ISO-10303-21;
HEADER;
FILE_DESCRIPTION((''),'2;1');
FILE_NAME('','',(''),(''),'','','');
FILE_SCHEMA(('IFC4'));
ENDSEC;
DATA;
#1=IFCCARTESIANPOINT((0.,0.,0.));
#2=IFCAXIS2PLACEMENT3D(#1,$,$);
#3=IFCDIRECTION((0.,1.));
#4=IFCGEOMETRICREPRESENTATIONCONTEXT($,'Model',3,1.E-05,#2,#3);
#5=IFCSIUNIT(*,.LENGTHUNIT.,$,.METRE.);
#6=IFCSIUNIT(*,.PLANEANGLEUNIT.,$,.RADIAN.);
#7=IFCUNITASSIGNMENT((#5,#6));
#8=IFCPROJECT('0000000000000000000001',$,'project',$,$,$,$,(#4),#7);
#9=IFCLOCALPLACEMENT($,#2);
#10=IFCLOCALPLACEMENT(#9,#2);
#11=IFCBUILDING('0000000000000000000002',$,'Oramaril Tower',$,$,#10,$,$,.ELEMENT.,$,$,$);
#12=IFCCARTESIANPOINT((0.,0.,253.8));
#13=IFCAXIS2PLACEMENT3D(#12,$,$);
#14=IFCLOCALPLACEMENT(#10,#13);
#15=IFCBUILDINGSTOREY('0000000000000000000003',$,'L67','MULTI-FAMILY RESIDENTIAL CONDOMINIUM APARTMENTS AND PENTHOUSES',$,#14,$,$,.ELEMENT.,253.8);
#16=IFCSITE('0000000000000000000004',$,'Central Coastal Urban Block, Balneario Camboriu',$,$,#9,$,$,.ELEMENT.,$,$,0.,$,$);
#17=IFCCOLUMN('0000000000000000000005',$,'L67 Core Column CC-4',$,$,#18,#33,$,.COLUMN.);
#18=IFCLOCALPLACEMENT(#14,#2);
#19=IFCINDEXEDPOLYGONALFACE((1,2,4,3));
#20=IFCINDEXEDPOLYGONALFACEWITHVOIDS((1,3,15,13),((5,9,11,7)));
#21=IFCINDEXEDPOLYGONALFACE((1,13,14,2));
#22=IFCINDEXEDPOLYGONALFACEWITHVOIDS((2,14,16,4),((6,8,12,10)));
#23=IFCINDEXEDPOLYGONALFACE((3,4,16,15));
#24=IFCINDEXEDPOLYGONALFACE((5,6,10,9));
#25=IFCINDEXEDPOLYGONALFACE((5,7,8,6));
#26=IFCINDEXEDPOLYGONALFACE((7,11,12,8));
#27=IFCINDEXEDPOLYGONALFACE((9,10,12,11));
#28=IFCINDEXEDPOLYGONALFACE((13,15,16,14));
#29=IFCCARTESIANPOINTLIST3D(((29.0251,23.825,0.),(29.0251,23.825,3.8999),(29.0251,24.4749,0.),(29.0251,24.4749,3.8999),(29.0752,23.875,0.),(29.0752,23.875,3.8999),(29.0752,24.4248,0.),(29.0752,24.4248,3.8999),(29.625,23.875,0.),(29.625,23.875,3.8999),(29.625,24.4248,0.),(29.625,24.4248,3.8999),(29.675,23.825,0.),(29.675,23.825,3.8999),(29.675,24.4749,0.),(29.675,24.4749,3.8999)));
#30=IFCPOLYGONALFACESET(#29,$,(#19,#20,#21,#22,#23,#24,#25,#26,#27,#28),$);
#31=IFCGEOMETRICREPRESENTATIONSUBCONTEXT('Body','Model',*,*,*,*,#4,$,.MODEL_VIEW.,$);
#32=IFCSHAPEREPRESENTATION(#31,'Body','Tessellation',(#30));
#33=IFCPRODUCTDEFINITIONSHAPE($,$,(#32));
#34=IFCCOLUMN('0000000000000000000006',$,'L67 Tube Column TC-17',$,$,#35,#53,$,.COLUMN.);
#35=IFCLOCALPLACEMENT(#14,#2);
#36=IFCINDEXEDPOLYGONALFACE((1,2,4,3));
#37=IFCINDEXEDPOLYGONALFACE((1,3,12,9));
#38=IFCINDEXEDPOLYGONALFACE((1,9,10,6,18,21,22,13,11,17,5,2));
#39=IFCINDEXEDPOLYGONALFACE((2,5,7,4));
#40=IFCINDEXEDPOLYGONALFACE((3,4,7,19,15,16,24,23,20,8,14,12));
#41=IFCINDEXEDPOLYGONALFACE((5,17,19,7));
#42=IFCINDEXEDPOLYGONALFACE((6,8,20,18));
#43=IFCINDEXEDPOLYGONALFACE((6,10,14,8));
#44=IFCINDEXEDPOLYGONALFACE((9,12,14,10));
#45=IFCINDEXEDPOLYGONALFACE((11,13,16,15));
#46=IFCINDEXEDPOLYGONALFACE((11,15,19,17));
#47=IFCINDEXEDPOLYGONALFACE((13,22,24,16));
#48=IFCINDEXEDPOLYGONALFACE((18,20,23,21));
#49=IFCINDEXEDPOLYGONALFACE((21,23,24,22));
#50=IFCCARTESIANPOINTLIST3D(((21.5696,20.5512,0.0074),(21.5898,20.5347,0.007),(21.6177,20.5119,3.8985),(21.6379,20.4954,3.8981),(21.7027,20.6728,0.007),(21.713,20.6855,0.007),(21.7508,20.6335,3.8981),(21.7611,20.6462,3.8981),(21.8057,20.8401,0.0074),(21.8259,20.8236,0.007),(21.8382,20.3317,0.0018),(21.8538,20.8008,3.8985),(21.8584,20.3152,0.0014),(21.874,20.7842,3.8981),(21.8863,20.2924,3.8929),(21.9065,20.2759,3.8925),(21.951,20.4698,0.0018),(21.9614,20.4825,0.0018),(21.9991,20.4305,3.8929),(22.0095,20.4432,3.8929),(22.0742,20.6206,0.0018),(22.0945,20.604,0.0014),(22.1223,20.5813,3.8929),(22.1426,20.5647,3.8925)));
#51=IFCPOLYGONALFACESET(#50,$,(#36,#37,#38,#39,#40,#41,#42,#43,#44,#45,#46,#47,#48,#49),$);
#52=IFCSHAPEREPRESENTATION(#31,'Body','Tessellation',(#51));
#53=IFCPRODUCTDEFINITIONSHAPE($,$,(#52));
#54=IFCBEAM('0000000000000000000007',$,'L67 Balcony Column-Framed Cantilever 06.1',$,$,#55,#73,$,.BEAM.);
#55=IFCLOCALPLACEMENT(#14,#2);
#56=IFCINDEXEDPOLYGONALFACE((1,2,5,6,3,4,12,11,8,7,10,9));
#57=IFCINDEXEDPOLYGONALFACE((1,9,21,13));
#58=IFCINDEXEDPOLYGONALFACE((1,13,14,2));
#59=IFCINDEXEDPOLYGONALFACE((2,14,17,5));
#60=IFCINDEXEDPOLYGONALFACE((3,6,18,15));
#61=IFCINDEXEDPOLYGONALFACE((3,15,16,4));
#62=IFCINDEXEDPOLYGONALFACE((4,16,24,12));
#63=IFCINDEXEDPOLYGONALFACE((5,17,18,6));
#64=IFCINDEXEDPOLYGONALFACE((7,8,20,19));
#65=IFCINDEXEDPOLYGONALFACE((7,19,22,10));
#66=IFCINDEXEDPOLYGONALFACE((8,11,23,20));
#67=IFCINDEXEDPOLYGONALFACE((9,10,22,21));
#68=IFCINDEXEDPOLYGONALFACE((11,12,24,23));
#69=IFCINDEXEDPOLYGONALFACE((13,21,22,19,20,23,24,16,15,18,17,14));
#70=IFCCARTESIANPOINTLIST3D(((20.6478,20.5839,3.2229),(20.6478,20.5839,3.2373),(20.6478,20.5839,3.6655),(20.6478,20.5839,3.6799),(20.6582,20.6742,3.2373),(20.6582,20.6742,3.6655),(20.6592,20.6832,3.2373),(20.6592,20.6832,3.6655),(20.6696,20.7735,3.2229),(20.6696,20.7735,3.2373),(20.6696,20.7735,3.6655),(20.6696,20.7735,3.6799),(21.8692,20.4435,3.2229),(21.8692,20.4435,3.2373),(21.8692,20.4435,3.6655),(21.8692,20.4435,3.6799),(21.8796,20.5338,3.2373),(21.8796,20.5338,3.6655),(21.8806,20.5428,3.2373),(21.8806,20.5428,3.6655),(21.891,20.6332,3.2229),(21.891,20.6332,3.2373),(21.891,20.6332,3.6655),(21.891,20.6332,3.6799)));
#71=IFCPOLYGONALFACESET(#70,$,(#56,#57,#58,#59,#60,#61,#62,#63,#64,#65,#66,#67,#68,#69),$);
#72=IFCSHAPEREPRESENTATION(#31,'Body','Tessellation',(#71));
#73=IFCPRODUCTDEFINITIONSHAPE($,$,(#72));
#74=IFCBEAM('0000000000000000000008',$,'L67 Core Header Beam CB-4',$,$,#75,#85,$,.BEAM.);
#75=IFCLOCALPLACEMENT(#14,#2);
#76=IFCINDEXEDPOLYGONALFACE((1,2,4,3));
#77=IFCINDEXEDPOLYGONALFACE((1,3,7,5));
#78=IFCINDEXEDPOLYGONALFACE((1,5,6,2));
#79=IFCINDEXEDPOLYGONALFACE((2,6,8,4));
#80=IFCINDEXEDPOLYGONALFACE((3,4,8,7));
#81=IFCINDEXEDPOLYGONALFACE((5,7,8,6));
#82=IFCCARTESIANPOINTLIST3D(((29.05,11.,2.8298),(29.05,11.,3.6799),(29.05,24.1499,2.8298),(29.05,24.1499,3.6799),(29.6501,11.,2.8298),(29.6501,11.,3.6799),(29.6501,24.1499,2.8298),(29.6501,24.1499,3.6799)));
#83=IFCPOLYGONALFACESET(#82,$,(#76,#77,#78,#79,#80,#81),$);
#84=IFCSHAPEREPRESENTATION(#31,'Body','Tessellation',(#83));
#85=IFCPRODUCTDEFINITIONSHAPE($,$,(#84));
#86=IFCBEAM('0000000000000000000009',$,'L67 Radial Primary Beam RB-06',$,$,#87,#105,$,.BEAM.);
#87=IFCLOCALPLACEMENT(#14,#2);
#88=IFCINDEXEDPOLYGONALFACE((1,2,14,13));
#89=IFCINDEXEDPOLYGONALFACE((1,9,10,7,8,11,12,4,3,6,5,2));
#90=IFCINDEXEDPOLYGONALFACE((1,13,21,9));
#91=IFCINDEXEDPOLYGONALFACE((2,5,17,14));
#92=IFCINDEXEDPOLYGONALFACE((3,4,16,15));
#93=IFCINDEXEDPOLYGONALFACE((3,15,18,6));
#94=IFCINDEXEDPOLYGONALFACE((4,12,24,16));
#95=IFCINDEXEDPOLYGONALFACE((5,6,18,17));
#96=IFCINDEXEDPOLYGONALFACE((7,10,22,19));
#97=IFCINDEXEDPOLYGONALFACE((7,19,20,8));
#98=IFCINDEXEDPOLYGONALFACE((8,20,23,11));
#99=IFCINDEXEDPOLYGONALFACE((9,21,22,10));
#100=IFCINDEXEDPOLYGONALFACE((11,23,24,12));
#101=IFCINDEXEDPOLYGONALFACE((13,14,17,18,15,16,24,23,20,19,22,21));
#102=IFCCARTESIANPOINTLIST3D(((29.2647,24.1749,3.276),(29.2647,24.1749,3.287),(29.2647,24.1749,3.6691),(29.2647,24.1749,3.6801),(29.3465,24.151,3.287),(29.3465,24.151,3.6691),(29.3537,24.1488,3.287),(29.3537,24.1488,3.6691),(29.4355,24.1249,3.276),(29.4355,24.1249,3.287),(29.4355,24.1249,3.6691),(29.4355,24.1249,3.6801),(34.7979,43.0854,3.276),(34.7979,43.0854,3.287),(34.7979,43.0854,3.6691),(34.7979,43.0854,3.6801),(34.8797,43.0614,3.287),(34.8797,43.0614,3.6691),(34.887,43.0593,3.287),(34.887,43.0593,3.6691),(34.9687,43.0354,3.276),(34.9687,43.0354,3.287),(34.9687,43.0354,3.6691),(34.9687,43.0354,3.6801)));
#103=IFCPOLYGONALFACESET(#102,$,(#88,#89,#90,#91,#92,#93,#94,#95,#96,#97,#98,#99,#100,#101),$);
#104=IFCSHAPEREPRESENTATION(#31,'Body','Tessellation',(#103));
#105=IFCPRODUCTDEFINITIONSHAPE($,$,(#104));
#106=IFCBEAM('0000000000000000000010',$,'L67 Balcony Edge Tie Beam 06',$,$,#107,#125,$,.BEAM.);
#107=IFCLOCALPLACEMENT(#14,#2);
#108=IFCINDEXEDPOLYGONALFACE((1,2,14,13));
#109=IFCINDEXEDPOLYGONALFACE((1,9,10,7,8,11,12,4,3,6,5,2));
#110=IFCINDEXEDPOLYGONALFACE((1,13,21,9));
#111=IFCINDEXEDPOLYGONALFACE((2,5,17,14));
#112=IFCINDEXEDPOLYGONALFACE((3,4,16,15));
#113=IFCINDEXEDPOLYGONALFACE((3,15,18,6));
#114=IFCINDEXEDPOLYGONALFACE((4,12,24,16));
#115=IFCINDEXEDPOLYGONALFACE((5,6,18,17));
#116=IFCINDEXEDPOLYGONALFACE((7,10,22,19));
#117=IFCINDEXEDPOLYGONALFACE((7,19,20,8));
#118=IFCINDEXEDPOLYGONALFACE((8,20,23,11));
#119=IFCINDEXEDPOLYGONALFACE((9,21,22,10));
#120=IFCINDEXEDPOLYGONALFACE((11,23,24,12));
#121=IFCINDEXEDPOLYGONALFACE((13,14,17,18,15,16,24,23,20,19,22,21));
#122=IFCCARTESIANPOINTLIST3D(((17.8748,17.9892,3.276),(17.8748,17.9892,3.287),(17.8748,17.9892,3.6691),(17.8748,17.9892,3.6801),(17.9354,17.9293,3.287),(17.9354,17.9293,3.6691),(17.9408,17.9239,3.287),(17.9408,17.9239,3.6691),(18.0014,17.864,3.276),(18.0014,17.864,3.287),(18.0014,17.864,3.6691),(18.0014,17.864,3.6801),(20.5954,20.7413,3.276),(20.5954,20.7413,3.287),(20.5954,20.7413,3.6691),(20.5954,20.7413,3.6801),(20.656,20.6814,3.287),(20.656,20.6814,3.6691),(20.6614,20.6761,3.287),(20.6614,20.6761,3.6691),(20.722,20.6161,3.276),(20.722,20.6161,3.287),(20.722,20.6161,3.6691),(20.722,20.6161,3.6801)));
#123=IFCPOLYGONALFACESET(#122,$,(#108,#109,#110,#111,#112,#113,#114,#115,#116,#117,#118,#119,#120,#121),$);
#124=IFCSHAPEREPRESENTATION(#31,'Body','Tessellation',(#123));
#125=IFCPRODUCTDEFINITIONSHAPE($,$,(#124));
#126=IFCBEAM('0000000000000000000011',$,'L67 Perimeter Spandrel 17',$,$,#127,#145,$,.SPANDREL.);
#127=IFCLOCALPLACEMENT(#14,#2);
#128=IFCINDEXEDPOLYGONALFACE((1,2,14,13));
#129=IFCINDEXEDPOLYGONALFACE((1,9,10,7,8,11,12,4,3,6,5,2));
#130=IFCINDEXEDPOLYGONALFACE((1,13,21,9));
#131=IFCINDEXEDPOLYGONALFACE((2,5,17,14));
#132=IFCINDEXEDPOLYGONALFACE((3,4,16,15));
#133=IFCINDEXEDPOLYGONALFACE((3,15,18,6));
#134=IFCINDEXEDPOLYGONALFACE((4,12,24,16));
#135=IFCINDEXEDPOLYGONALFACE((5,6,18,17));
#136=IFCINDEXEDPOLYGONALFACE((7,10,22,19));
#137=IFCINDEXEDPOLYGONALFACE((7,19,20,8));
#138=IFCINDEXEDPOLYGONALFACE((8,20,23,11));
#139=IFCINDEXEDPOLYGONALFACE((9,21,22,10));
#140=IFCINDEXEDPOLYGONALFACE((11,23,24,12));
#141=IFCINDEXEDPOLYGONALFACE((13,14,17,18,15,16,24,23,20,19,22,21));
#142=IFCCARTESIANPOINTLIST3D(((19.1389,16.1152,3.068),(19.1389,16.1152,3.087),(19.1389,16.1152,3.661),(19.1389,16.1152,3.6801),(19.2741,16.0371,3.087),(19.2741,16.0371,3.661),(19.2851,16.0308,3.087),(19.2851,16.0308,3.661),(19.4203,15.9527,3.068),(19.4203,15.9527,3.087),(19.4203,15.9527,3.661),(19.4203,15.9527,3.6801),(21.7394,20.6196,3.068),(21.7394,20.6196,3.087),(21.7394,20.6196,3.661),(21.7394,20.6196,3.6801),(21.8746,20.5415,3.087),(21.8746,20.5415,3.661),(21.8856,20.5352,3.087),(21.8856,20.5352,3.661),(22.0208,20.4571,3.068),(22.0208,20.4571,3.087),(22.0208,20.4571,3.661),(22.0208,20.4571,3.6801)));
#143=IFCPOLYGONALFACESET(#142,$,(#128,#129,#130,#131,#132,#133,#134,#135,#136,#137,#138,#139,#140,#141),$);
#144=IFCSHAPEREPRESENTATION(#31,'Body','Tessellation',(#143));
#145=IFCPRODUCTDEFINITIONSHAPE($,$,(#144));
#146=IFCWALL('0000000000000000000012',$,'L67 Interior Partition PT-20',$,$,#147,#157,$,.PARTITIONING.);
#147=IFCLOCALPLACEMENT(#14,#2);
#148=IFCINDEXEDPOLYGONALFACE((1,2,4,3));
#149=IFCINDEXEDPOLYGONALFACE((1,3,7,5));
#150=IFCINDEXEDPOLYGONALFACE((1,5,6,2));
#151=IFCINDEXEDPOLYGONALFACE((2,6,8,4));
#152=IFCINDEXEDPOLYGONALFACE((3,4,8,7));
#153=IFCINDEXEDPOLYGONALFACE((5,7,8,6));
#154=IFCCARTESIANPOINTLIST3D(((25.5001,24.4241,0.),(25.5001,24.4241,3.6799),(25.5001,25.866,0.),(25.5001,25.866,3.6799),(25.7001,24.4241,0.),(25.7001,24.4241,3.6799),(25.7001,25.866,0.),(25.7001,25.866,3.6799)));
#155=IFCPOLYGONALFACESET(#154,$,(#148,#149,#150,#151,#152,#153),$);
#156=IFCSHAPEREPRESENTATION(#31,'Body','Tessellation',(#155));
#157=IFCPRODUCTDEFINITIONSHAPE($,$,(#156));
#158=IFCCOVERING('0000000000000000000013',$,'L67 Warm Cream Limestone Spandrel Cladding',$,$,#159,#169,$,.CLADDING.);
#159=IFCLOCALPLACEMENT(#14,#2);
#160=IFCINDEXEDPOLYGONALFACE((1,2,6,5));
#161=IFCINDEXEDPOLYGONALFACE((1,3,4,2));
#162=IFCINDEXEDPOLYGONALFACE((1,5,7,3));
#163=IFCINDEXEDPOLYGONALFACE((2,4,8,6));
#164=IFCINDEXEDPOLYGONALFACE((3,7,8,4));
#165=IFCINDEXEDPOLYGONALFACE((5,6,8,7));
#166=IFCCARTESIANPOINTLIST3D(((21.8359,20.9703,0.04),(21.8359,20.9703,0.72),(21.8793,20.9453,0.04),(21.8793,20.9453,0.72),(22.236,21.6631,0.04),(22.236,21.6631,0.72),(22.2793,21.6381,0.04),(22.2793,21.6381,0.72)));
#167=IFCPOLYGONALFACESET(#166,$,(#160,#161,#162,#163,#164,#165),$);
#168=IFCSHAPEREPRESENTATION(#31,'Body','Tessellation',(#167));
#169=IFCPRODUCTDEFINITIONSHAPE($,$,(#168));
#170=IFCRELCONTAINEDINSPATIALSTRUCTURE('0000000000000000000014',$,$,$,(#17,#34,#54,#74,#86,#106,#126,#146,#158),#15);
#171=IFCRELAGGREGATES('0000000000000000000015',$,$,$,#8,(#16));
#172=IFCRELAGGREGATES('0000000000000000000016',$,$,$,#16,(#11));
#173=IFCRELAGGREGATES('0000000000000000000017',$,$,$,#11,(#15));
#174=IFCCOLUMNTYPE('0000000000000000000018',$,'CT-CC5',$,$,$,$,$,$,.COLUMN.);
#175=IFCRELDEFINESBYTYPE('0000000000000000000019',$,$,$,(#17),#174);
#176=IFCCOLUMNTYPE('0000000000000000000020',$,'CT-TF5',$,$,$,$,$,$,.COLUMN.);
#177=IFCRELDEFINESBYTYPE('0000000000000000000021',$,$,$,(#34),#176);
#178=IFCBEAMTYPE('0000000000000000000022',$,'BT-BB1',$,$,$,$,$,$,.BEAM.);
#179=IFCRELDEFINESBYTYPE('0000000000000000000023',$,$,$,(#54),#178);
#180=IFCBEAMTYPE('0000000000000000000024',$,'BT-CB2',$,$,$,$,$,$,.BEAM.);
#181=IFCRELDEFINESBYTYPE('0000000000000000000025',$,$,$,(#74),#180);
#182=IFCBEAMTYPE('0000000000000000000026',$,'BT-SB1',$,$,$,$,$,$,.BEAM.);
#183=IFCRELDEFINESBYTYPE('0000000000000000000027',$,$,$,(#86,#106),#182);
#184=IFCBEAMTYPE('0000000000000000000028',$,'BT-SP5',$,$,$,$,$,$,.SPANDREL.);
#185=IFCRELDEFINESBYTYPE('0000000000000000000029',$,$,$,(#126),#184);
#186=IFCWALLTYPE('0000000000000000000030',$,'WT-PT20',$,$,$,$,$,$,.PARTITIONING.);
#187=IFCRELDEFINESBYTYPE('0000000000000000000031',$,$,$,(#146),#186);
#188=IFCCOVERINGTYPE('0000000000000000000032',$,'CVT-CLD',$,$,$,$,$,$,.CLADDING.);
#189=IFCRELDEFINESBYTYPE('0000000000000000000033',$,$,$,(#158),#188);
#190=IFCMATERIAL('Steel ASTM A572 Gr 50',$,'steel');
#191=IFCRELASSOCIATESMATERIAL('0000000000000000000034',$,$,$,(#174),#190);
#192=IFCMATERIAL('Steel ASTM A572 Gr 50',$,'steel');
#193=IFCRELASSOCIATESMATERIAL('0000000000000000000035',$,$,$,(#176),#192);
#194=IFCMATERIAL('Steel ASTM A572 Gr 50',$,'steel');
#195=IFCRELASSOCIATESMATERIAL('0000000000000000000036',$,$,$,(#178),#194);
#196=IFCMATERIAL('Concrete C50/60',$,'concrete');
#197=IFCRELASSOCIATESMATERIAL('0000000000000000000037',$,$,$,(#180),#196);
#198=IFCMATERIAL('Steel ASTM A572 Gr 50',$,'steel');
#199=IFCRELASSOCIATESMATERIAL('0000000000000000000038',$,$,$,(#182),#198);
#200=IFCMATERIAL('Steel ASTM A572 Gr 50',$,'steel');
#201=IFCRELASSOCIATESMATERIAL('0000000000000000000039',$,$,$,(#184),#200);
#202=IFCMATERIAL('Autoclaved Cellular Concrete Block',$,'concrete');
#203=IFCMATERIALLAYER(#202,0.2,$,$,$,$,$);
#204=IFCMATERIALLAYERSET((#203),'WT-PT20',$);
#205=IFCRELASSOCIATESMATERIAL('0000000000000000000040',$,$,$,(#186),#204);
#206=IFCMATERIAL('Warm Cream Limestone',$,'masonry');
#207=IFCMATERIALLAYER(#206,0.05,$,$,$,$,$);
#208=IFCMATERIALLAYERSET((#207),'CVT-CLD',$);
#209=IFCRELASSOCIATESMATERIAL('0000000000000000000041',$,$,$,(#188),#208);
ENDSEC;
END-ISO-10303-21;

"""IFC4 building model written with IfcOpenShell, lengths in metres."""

from ifc_helpers import new_model, si_unit, direction, frame, frame_2d, origin, origin_2d, place, context, subcontext, project, spatial, rectangle, hollow_rectangle, i_section, extrude, material, layer, layer_set, material_profile, profile_set, type_object, element, save


model = new_model("IFC4")

# Units and contexts
model_context = context("Model", 3, precision=1e-05, world=origin(), true_north=direction((0.0, 1.0)))
body_context = subcontext(model_context, "Body", "Model", "MODEL_VIEW")
ifc_project = project(units=[si_unit("LENGTHUNIT", "METRE"), si_unit("PLANEANGLEUNIT", "RADIAN")], contexts=[model_context])

# Site, building, storey
site_placement = place(None, origin())
site = spatial("IfcSite", under=ifc_project, at=site_placement, Name="Central Coastal Urban Block, Balneario Camboriu", CompositionType="ELEMENT", RefElevation=0.0)
building_placement = place(site_placement, origin())
building = spatial("IfcBuilding", under=site, at=building_placement, Name="Oramaril Tower", CompositionType="ELEMENT")
storey_placement = place(building_placement, frame((0.0, 0.0, 253.8)))
storey = spatial("IfcBuildingStorey", under=building, at=storey_placement, Name="L67", Description="MULTI-FAMILY RESIDENTIAL CONDOMINIUM APARTMENTS AND PENTHOUSES", CompositionType="ELEMENT", Elevation=253.8)

# Columns
ifc_material_1 = material(Name="Steel ASTM A572 Gr 50", Category="steel")
ifc_material_profile_1 = material_profile(ifc_material_1, hollow_rectangle(XDim=0.6499, YDim=0.6499, WallThickness=0.05, at=origin_2d()), Name="BOX650X650X50")
ifc_profile_set_1 = profile_set([ifc_material_profile_1], Name="Steel ASTM A572 Gr 50")
column_type_1 = type_object("IfcColumnType", Name="CT-CC5", PredefinedType="COLUMN", material=ifc_profile_set_1)
column_1_placement = place(storey_placement, frame((29.3501, 24.1499, 0.0), z_axis=(0.0, 0.0, 1.0), x_axis=(1.0, 0.0, 0.0)))
element("IfcColumn", 1, at=column_1_placement, inside=storey, type_object=column_type_1, Name="L67 Core Column CC-4", PredefinedType="COLUMN", context=body_context, shape_type="SweptSolid", body=[
    extrude(hollow_rectangle(XDim=0.6499, YDim=0.6499, WallThickness=0.05, at=origin_2d()), origin(), (0.0, 0.0, 1.0), 3.8999),
])
ifc_material_2 = material(Name="Steel ASTM A572 Gr 50", Category="steel")
ifc_material_profile_2 = material_profile(ifc_material_2, i_section(OverallWidth=0.373, OverallDepth=0.373, WebThickness=0.0164, FlangeThickness=0.0261, at=origin_2d()), Name="W14X132")
ifc_profile_set_2 = profile_set([ifc_material_profile_2], Name="Steel ASTM A572 Gr 50")
column_type_2 = type_object("IfcColumnType", Name="CT-TF5", PredefinedType="COLUMN", material=ifc_profile_set_2)
column_2_placement = place(storey_placement, frame((21.832, 20.5776, 0.0044), z_axis=(0.012359, -0.0101, 0.999873), x_axis=(0.63281, 0.774307, 0.0)))
element("IfcColumn", 2, at=column_2_placement, inside=storey, type_object=column_type_2, Name="L67 Tube Column TC-17", PredefinedType="COLUMN", context=body_context, shape_type="SweptSolid", body=[
    extrude(i_section(OverallWidth=0.373, OverallDepth=0.373, WebThickness=0.0164, FlangeThickness=0.0261, at=origin_2d()), origin(), (0.0, 0.0, 1.0), 3.8916),
])

# Beams
ifc_material_3 = material(Name="Steel ASTM A572 Gr 50", Category="steel")
ifc_material_profile_3 = material_profile(ifc_material_3, i_section(OverallWidth=0.1909, OverallDepth=0.457, WebThickness=0.009, FlangeThickness=0.0144, at=origin_2d()), Name="W18X50")
ifc_profile_set_3 = profile_set([ifc_material_profile_3], Name="Steel ASTM A572 Gr 50")
beam_type_1 = type_object("IfcBeamType", Name="BT-BB1", PredefinedType="BEAM", material=ifc_profile_set_3)
beam_1_placement = place(storey_placement, frame((21.8801, 20.5383, 3.4514), z_axis=(-0.99346, 0.114179, 0.0), x_axis=(-0.114179, -0.99346, 0.0)))
element("IfcBeam", 3, at=beam_1_placement, inside=storey, type_object=beam_type_1, Name="L67 Balcony Column-Framed Cantilever 06.1", PredefinedType="BEAM", context=body_context, shape_type="SweptSolid", body=[
    extrude(i_section(OverallWidth=0.1909, OverallDepth=0.457, WebThickness=0.009, FlangeThickness=0.0144, at=origin_2d()), origin(), (0.0, 0.0, 1.0), 1.2295),
])
ifc_material_4 = material(Name="Concrete C50/60", Category="concrete")
ifc_material_profile_4 = material_profile(ifc_material_4, rectangle(XDim=0.6001, YDim=0.8501, at=origin_2d()), Name="CB600X850")
ifc_profile_set_4 = profile_set([ifc_material_profile_4], Name="Concrete C50/60")
beam_type_2 = type_object("IfcBeamType", Name="BT-CB2", PredefinedType="BEAM", material=ifc_profile_set_4)
beam_2_placement = place(storey_placement, frame((29.3501, 24.1499, 3.2549), z_axis=(0.0, -1.0, 0.0), x_axis=(1.0, 0.0, 0.0)))
element("IfcBeam", 4, at=beam_2_placement, inside=storey, type_object=beam_type_2, Name="L67 Core Header Beam CB-4", PredefinedType="BEAM", context=body_context, shape_type="SweptSolid", body=[
    extrude(rectangle(XDim=0.6001, YDim=0.8501, at=origin_2d()), origin(), (0.0, 0.0, 1.0), 13.1499),
])
ifc_material_5 = material(Name="Steel ASTM A572 Gr 50", Category="steel")
ifc_material_profile_5 = material_profile(ifc_material_5, i_section(OverallWidth=0.178, OverallDepth=0.4041, WebThickness=0.0076, FlangeThickness=0.011, at=origin_2d()), Name="W16X36")
ifc_profile_set_5 = profile_set([ifc_material_profile_5], Name="Steel ASTM A572 Gr 50")
beam_type_3 = type_object("IfcBeamType", Name="BT-SB1", PredefinedType="BEAM", material=ifc_profile_set_5)
beam_3_placement = place(storey_placement, frame((29.3501, 24.1499, 3.478), z_axis=(0.280826, 0.959759, 0.0), x_axis=(-0.959759, 0.280826, 0.0)))
element("IfcBeam", 5, at=beam_3_placement, inside=storey, type_object=beam_type_3, Name="L67 Radial Primary Beam RB-06", PredefinedType="BEAM", context=body_context, shape_type="SweptSolid", body=[
    extrude(i_section(OverallWidth=0.178, OverallDepth=0.4041, WebThickness=0.0076, FlangeThickness=0.011, at=origin_2d()), origin(), (0.0, 0.0, 1.0), 19.7034),
])
beam_4_placement = place(storey_placement, frame((20.6587, 20.6787, 3.478), z_axis=(-0.703026, -0.711164, 0.0), x_axis=(0.711164, -0.703026, 0.0)))
element("IfcBeam", 6, at=beam_4_placement, inside=storey, type_object=beam_type_3, Name="L67 Balcony Edge Tie Beam 06", PredefinedType="BEAM", context=body_context, shape_type="SweptSolid", body=[
    extrude(i_section(OverallWidth=0.178, OverallDepth=0.4041, WebThickness=0.0076, FlangeThickness=0.011, at=origin_2d()), origin(), (0.0, 0.0, 1.0), 3.8699),
])
ifc_material_6 = material(Name="Steel ASTM A572 Gr 50", Category="steel")
ifc_material_profile_6 = material_profile(ifc_material_6, i_section(OverallWidth=0.325, OverallDepth=0.6121, WebThickness=0.0127, FlangeThickness=0.019, at=origin_2d()), Name="W24X104")
ifc_profile_set_6 = profile_set([ifc_material_profile_6], Name="Steel ASTM A572 Gr 50")
beam_type_4 = type_object("IfcBeamType", Name="BT-SP5", PredefinedType="SPANDREL", material=ifc_profile_set_6)
beam_5_placement = place(storey_placement, frame((21.8801, 20.5383, 3.374), z_axis=(-0.499996, -0.866028, 0.0), x_axis=(0.866028, -0.499996, 0.0)))
element("IfcBeam", 7, at=beam_5_placement, inside=storey, type_object=beam_type_4, Name="L67 Perimeter Spandrel 17", PredefinedType="SPANDREL", context=body_context, shape_type="SweptSolid", body=[
    extrude(i_section(OverallWidth=0.325, OverallDepth=0.6121, WebThickness=0.0127, FlangeThickness=0.019, at=origin_2d()), origin(), (0.0, 0.0, 1.0), 5.2012),
])

# Shared definitions
ifc_material_7 = material(Name="Autoclaved Cellular Concrete Block", Category="concrete")
ifc_layer_1 = layer(ifc_material_7, 0.2)
ifc_layer_set_1 = layer_set([ifc_layer_1], Name="WT-PT20")
wall_type_1 = type_object("IfcWallType", Name="WT-PT20", PredefinedType="PARTITIONING", material=ifc_layer_set_1)

# Wall
wall_1_placement = place(storey_placement, frame((25.6001, 24.4241, 0.0), z_axis=(0.0, 0.0, 1.0), x_axis=(0.0, 1.0, 0.0)))
element("IfcWall", 8, at=wall_1_placement, inside=storey, type_object=wall_type_1, Name="L67 Interior Partition PT-20", PredefinedType="PARTITIONING", context=body_context, shape_type="SweptSolid", body=[
    extrude(rectangle(XDim=1.4419, YDim=0.2, at=frame_2d((0.7209, 0.0))), origin(), (0.0, 0.0, 1.0), 3.6799),
])

# Covering
ifc_material_8 = material(Name="Warm Cream Limestone", Category="masonry")
ifc_layer_2 = layer(ifc_material_8, 0.05)
ifc_layer_set_2 = layer_set([ifc_layer_2], Name="CVT-CLD")
covering_type = type_object("IfcCoveringType", Name="CVT-CLD", PredefinedType="CLADDING", material=ifc_layer_set_2)
covering_placement = place(storey_placement, frame((22.0576, 21.3042, 0.04), z_axis=(0.0, 0.0, 1.0), x_axis=(-0.500002, -0.866025, 0.0)))
element("IfcCovering", 9, at=covering_placement, inside=storey, type_object=covering_type, Name="L67 Warm Cream Limestone Spandrel Cladding", PredefinedType="CLADDING", context=body_context, shape_type="SweptSolid", body=[
    extrude(rectangle(XDim=0.8, YDim=0.05, at=origin_2d()), origin(), (0.0, 0.0, 1.0), 0.6799),
])

save(model, "model.ifc")
